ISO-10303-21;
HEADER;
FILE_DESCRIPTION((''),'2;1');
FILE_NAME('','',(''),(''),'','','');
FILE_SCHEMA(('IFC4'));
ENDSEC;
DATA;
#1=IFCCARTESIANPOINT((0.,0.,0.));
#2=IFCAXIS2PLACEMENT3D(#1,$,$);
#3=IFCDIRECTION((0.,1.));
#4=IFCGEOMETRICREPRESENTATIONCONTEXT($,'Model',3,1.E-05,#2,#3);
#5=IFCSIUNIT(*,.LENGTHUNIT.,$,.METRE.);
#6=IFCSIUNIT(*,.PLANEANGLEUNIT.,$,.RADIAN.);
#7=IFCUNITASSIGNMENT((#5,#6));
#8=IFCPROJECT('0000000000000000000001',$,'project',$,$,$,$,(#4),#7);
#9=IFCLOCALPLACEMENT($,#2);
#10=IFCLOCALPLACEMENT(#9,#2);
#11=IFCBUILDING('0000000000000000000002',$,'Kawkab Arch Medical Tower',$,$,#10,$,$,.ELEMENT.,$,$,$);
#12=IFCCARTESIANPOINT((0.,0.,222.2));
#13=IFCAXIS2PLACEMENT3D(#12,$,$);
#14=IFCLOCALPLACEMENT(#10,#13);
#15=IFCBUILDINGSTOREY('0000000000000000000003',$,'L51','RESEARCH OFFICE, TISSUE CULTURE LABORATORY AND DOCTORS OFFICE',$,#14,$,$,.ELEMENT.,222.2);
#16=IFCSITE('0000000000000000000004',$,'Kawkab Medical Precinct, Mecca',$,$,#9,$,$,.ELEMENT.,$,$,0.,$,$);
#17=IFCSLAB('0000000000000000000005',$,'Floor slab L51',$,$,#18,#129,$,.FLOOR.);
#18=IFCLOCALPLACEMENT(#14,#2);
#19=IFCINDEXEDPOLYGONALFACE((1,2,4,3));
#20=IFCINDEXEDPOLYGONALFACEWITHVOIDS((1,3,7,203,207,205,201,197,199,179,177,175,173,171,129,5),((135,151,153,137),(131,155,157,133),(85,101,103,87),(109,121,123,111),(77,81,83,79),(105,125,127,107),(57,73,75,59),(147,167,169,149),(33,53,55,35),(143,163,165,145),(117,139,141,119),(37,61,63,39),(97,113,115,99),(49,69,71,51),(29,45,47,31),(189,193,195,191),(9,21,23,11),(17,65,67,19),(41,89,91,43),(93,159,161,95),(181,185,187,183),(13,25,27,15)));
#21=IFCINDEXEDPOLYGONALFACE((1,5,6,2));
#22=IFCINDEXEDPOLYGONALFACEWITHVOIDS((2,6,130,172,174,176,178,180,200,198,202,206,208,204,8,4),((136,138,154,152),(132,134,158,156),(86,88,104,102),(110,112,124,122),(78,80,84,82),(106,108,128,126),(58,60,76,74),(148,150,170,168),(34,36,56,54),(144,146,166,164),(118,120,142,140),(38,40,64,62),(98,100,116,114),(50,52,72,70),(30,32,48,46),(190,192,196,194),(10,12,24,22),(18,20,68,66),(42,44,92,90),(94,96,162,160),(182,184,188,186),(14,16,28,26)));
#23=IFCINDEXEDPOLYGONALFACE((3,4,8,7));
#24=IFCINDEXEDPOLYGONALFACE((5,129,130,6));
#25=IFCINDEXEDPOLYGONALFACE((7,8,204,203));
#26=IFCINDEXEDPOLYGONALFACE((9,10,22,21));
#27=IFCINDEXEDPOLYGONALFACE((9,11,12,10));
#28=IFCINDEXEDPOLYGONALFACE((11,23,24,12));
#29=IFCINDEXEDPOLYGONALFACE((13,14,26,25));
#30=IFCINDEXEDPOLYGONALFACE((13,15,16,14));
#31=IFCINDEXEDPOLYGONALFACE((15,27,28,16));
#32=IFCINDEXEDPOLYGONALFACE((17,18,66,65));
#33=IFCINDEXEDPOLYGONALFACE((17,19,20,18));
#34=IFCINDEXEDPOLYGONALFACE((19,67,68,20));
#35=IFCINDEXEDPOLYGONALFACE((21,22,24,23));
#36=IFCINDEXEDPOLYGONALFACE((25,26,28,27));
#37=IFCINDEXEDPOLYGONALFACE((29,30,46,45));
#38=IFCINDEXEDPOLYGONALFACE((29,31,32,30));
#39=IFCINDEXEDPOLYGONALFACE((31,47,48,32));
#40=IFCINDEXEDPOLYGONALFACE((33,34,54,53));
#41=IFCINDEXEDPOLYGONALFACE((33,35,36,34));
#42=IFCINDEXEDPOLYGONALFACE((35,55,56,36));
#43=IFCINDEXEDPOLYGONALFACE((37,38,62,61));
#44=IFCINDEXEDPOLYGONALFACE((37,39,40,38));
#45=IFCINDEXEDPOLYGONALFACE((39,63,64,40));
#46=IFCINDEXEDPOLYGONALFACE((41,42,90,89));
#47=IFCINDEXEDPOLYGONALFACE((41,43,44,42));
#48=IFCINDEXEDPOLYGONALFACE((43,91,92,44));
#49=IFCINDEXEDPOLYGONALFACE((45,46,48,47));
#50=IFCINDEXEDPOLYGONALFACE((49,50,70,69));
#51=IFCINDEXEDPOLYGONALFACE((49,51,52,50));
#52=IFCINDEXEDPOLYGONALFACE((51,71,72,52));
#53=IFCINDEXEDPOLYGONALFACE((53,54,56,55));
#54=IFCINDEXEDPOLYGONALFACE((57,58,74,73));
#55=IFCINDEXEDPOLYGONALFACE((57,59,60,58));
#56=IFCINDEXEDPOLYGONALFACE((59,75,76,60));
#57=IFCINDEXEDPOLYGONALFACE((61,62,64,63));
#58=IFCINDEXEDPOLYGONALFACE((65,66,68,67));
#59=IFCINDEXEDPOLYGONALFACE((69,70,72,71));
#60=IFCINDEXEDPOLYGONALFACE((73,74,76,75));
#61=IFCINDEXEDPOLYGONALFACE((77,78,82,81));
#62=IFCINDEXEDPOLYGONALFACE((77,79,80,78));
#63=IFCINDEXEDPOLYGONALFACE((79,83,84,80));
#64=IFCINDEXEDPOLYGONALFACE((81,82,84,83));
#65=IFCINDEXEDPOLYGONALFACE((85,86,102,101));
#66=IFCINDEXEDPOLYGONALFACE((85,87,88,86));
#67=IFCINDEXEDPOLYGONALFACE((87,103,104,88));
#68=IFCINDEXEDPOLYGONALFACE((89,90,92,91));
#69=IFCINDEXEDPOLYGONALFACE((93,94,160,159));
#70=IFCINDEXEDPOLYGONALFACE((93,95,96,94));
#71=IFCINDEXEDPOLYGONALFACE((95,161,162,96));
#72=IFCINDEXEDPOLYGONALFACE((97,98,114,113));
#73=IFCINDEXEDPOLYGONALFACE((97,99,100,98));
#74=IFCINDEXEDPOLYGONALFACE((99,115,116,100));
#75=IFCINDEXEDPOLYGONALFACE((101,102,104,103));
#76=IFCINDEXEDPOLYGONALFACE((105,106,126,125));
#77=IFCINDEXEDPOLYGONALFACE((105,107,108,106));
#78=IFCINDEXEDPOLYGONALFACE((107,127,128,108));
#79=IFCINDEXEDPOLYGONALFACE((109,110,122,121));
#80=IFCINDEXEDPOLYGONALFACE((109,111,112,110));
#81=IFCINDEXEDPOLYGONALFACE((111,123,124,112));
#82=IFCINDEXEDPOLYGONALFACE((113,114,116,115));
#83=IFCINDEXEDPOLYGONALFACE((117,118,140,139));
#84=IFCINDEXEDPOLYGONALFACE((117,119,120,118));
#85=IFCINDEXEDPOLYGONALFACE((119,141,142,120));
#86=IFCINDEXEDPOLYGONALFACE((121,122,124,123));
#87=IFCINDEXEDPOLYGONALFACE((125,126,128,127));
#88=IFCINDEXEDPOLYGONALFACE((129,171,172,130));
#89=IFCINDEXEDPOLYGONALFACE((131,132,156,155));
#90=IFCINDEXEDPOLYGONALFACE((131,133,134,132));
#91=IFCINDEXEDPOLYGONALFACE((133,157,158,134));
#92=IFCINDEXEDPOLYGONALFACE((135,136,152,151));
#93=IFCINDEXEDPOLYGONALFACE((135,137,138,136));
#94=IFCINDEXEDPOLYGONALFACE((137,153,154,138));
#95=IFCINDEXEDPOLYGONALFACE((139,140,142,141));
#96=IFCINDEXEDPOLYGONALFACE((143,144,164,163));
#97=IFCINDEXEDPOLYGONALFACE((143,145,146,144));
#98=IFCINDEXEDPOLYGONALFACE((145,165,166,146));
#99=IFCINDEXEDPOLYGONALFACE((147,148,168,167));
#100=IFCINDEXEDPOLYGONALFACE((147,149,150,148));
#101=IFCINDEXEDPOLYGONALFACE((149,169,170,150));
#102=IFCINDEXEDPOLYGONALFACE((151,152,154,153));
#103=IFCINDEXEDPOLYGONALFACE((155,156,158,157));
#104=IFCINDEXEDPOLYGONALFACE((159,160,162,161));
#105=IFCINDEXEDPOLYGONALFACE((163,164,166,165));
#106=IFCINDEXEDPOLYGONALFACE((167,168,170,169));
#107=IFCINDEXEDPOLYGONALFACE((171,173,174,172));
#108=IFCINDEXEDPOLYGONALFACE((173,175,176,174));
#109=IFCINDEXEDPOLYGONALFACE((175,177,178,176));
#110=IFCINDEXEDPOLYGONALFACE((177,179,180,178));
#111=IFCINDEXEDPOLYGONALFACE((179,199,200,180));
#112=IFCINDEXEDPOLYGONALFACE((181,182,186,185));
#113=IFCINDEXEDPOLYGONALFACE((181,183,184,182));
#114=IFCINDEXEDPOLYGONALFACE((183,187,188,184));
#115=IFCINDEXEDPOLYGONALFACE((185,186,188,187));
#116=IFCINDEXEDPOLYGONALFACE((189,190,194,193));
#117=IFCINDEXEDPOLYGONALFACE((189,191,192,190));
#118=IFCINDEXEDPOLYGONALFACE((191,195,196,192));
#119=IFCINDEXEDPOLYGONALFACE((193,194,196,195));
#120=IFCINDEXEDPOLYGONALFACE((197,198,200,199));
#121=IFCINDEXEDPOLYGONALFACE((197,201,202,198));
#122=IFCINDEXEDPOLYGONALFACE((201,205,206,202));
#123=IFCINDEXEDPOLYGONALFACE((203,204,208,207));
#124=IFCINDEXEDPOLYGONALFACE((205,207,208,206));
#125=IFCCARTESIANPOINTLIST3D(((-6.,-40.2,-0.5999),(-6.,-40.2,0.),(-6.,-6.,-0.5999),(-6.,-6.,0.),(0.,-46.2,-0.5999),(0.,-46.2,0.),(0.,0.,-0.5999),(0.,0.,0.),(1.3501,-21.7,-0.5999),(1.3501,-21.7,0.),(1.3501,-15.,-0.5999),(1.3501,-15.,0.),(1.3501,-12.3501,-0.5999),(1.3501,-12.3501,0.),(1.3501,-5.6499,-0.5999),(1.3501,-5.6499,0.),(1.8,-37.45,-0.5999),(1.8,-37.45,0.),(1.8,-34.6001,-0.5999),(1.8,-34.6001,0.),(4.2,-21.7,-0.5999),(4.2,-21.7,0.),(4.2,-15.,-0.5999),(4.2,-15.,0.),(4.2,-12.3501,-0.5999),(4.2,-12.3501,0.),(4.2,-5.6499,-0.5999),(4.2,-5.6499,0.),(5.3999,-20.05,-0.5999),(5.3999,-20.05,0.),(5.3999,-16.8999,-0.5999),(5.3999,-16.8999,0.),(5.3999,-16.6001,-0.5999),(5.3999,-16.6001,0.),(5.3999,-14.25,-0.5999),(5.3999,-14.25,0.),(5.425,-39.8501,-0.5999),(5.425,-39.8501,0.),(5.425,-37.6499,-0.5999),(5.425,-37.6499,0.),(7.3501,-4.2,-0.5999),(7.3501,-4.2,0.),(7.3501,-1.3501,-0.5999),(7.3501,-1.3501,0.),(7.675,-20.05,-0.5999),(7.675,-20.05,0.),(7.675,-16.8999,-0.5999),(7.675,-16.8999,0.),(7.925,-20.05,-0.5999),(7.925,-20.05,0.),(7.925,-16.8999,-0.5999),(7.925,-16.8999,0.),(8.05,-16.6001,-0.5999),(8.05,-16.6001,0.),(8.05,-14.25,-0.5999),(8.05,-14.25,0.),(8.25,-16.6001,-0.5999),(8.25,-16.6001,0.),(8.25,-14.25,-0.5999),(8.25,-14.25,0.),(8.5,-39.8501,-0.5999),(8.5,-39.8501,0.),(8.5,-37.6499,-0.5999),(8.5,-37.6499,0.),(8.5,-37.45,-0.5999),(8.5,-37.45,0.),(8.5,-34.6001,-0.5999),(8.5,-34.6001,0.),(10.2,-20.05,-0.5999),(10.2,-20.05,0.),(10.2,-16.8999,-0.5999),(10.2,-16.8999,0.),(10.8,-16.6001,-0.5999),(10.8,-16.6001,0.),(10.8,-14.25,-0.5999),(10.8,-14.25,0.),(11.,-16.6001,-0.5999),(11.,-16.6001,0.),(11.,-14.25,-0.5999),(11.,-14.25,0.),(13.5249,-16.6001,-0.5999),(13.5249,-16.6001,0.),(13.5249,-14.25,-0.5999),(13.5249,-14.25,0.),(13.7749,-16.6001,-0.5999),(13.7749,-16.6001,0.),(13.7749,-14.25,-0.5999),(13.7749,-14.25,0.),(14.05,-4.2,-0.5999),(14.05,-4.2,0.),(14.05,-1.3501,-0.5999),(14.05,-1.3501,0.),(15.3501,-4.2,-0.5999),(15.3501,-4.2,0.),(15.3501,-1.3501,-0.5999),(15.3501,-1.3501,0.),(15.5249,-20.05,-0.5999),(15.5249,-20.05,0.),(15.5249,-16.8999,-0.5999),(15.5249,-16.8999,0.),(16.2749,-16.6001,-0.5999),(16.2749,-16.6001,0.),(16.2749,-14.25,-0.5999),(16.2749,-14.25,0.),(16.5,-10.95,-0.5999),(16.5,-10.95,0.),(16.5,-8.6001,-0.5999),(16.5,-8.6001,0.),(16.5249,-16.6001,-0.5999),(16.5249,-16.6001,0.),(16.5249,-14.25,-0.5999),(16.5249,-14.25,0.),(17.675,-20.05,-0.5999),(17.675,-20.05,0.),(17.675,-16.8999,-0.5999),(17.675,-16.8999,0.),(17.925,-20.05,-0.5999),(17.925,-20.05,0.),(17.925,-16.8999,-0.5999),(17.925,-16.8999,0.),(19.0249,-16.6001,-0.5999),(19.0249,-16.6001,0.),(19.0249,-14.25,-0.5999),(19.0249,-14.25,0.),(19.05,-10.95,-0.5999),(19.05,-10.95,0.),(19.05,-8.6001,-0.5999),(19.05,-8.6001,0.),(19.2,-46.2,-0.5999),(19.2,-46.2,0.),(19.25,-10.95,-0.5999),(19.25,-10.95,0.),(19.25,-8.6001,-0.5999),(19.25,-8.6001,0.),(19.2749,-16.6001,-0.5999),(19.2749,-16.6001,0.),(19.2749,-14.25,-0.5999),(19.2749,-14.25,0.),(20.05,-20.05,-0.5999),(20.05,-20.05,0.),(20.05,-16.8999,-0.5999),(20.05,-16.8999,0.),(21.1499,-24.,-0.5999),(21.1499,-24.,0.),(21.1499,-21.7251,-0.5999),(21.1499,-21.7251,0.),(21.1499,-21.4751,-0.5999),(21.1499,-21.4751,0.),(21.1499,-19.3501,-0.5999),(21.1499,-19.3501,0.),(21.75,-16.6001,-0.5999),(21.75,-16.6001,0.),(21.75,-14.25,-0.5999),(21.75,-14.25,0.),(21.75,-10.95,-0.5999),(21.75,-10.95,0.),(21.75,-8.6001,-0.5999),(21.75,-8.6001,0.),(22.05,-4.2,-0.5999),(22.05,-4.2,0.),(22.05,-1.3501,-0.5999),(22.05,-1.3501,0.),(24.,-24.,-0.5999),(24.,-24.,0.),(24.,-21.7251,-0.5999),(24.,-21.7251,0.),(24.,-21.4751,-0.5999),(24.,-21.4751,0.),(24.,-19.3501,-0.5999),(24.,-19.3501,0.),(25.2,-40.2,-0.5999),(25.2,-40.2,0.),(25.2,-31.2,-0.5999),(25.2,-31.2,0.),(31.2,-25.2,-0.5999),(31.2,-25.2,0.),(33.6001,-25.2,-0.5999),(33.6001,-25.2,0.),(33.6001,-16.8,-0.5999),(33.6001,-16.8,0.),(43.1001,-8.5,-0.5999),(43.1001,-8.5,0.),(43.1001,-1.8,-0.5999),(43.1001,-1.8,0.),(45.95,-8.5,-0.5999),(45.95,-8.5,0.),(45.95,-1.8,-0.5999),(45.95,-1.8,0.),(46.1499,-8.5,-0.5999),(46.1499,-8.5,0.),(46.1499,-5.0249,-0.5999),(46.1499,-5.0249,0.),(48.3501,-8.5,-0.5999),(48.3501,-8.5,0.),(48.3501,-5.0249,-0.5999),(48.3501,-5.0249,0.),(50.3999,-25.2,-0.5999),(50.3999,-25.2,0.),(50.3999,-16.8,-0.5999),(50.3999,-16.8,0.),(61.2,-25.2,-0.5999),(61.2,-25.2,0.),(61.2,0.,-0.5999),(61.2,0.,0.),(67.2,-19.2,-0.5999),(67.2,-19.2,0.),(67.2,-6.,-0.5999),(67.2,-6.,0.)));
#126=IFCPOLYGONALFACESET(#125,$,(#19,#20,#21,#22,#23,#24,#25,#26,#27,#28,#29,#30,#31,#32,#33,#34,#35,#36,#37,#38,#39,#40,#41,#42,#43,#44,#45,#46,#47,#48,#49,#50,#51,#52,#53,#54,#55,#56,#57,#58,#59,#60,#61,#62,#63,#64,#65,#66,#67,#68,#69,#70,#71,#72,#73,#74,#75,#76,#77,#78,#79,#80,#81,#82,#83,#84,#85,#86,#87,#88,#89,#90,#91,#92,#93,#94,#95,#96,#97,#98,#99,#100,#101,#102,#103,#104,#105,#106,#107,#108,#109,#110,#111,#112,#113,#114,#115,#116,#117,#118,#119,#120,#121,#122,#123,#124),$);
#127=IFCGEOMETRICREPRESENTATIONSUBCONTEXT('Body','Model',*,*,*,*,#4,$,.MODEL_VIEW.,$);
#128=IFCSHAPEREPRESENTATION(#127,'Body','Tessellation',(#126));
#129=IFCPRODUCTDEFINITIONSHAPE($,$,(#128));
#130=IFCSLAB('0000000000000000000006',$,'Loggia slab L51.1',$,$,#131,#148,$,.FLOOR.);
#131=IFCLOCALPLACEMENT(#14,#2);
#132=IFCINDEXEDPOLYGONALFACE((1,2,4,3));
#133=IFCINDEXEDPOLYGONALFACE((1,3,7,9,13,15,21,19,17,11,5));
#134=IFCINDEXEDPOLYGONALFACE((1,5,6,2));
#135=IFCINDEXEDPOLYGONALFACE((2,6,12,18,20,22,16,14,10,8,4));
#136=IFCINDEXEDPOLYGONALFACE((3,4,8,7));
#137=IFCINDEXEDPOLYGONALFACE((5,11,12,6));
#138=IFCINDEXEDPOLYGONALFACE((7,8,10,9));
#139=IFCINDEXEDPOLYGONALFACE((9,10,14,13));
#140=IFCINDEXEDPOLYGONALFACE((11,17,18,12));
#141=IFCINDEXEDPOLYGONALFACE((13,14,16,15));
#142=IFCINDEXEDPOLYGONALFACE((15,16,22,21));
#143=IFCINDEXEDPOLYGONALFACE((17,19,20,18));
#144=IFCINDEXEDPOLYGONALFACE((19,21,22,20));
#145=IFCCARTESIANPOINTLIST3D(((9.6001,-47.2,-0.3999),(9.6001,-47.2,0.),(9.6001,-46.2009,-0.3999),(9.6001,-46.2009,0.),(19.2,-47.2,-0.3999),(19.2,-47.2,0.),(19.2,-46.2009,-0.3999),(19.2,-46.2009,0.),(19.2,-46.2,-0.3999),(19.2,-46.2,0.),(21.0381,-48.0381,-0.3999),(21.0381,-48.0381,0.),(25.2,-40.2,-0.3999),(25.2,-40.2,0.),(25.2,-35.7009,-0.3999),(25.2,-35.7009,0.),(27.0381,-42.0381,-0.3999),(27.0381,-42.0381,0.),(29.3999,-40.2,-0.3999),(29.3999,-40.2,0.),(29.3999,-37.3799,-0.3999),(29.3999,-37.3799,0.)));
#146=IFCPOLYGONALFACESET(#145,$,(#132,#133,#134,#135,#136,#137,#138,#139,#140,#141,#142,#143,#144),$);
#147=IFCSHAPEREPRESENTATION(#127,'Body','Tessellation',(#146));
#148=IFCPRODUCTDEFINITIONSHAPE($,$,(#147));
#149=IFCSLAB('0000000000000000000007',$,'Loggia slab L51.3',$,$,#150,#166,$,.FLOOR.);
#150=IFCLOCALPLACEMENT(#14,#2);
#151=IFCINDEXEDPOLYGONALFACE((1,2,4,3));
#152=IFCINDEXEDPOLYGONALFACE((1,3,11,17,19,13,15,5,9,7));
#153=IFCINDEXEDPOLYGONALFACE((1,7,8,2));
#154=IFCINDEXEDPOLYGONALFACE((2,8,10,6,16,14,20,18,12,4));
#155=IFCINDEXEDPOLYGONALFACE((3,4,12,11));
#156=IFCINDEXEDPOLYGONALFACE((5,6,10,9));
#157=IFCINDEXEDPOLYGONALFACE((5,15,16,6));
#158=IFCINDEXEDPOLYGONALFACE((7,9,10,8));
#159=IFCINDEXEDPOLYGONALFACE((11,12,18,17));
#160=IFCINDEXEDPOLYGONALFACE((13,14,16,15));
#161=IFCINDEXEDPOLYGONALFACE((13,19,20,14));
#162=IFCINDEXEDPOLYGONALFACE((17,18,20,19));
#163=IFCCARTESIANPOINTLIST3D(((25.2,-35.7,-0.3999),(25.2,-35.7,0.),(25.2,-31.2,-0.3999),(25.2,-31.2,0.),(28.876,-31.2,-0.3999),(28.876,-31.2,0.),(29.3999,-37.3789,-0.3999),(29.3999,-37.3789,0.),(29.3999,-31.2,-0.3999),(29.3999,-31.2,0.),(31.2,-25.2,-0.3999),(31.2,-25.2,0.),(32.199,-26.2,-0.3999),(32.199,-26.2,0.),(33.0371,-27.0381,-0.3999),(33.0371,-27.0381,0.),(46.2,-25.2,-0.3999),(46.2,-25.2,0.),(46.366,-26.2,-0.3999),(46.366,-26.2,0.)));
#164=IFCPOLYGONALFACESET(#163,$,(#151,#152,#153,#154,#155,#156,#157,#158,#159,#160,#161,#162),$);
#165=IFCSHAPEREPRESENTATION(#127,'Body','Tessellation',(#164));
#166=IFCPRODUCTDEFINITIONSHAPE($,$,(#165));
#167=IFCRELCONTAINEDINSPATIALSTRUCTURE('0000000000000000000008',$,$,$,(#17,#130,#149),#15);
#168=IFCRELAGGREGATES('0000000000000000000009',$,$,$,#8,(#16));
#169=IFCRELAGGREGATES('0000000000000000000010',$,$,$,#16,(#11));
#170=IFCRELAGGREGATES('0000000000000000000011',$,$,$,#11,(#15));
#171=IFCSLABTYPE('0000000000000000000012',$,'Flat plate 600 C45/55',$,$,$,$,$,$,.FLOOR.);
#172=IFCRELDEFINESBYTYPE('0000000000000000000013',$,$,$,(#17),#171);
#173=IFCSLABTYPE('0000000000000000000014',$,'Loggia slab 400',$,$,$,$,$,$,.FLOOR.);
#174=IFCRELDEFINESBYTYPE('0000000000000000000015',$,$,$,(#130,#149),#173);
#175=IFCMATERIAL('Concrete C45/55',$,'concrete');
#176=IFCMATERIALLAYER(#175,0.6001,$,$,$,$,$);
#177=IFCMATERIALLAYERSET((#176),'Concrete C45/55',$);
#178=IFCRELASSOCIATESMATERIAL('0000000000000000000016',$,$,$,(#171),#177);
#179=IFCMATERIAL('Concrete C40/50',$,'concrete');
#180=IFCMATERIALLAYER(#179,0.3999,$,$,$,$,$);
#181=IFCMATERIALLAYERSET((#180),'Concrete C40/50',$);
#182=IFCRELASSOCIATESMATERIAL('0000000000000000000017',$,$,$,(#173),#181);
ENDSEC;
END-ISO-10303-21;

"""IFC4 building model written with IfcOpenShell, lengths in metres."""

from ifc_helpers import new_model, si_unit, direction, frame, origin, place, context, subcontext, project, spatial, polyline, outline, extrude, material, layer, layer_set, type_object, element, save


model = new_model("IFC4")

# Units and contexts
model_context = context("Model", 3, precision=1e-05, world=origin(), true_north=direction((0.0, 1.0)))
body_context = subcontext(model_context, "Body", "Model", "MODEL_VIEW")
ifc_project = project(units=[si_unit("LENGTHUNIT", "METRE"), si_unit("PLANEANGLEUNIT", "RADIAN")], contexts=[model_context])

# Site, building, storey
site_placement = place(None, origin())
site = spatial("IfcSite", under=ifc_project, at=site_placement, Name="Kawkab Medical Precinct, Mecca", CompositionType="ELEMENT", RefElevation=0.0)
building_placement = place(site_placement, origin())
building = spatial("IfcBuilding", under=site, at=building_placement, Name="Kawkab Arch Medical Tower", CompositionType="ELEMENT")
storey_placement = place(building_placement, frame((0.0, 0.0, 222.2)))
storey = spatial("IfcBuildingStorey", under=building, at=storey_placement, Name="L51", Description="RESEARCH OFFICE, TISSUE CULTURE LABORATORY AND DOCTORS OFFICE", CompositionType="ELEMENT", Elevation=222.2)

# Slabs
ifc_material_1 = material(Name="Concrete C45/55", Category="concrete")
ifc_layer_1 = layer(ifc_material_1, 0.6001)
ifc_layer_set_1 = layer_set([ifc_layer_1], Name="Concrete C45/55")
slab_type_1 = type_object("IfcSlabType", Name="Flat plate 600 C45/55", PredefinedType="FLOOR", material=ifc_layer_set_1)
slab_1_placement = place(storey_placement, frame((0.0, 0.0, -0.5999)))
element("IfcSlab", 1, at=slab_1_placement, inside=storey, type_object=slab_type_1, Name="Floor slab L51", PredefinedType="FLOOR", context=body_context, shape_type="SweptSolid", body=[
    extrude(outline(polyline([(25.2, -31.2), (25.2, -40.2), (19.2, -46.2), (0.0, -46.2), (-6.0, -40.2), (-6.0, -6.0), (0.0, 0.0), (61.2, 0.0), (67.2, -6.0), (67.2, -19.2), (61.2, -25.2), (50.3999, -25.2), (50.3999, -16.8), (33.6001, -16.8), (33.6001, -25.2), (31.2, -25.2), (25.2, -31.2)]), holes=[polyline([(5.425, -37.6499), (5.425, -39.8501), (8.5, -39.8501), (8.5, -37.6499), (5.425, -37.6499)]), polyline([(8.5, -37.45), (8.5, -34.6001), (1.8, -34.6001), (1.8, -37.45), (8.5, -37.45)]), polyline([(5.3999, -20.05), (7.675, -20.05), (7.675, -16.8999), (5.3999, -16.8999), (5.3999, -20.05)]), polyline([(10.2, -20.05), (10.2, -16.8999), (7.925, -16.8999), (7.925, -20.05), (10.2, -20.05)]), polyline([(4.2, -21.7), (4.2, -15.0), (1.3501, -15.0), (1.3501, -21.7), (4.2, -21.7)]), polyline([(5.3999, -16.6001), (8.05, -16.6001), (8.05, -14.25), (5.3999, -14.25), (5.3999, -16.6001)]), polyline([(8.25, -16.6001), (10.8, -16.6001), (10.8, -14.25), (8.25, -14.25), (8.25, -16.6001)]), polyline([(11.0, -14.25), (11.0, -16.6001), (13.5249, -16.6001), (13.5249, -14.25), (11.0, -14.25)]), polyline([(13.7749, -16.6001), (16.2749, -16.6001), (16.2749, -14.25), (13.7749, -14.25), (13.7749, -16.6001)]), polyline([(4.2, -12.3501), (4.2, -5.6499), (1.3501, -5.6499), (1.3501, -12.3501), (4.2, -12.3501)]), polyline([(7.3501, -4.2), (14.05, -4.2), (14.05, -1.3501), (7.3501, -1.3501), (7.3501, -4.2)]), polyline([(24.0, -21.7251), (21.1499, -21.7251), (21.1499, -24.0), (24.0, -24.0), (24.0, -21.7251)]), polyline([(24.0, -19.3501), (21.1499, -19.3501), (21.1499, -21.4751), (24.0, -21.4751), (24.0, -19.3501)]), polyline([(17.675, -16.8999), (15.5249, -16.8999), (15.5249, -20.05), (17.675, -20.05), (17.675, -16.8999)]), polyline([(20.05, -20.05), (20.05, -16.8999), (17.925, -16.8999), (17.925, -20.05), (20.05, -20.05)]), polyline([(19.0249, -16.6001), (19.0249, -14.25), (16.5249, -14.25), (16.5249, -16.6001), (19.0249, -16.6001)]), polyline([(21.75, -16.6001), (21.75, -14.25), (19.2749, -14.25), (19.2749, -16.6001), (21.75, -16.6001)]), polyline([(19.05, -8.6001), (16.5, -8.6001), (16.5, -10.95), (19.05, -10.95), (19.05, -8.6001)]), polyline([(21.75, -10.95), (21.75, -8.6001), (19.25, -8.6001), (19.25, -10.95), (21.75, -10.95)]), polyline([(46.1499, -8.5), (48.3501, -8.5), (48.3501, -5.0249), (46.1499, -5.0249), (46.1499, -8.5)]), polyline([(43.1001, -1.8), (43.1001, -8.5), (45.95, -8.5), (45.95, -1.8), (43.1001, -1.8)]), polyline([(22.05, -1.3501), (15.3501, -1.3501), (15.3501, -4.2), (22.05, -4.2), (22.05, -1.3501)])]), origin(), (0.0, 0.0, 1.0), 0.5999),
])
ifc_material_2 = material(Name="Concrete C40/50", Category="concrete")
ifc_layer_2 = layer(ifc_material_2, 0.3999)
ifc_layer_set_2 = layer_set([ifc_layer_2], Name="Concrete C40/50")
slab_type_2 = type_object("IfcSlabType", Name="Loggia slab 400", PredefinedType="FLOOR", material=ifc_layer_set_2)
placement_1 = place(storey_placement, frame((0.0, 0.0, -0.3999)))
element("IfcSlab", 2, at=placement_1, inside=storey, type_object=slab_type_2, Name="Loggia slab L51.1", PredefinedType="FLOOR", context=body_context, shape_type="SweptSolid", body=[
    extrude(outline(polyline([(19.2, -47.2), (9.6001, -47.2), (9.6001, -46.2009), (19.2, -46.2009), (19.2, -46.2), (25.2, -40.2), (25.2, -35.7009), (29.3999, -37.3799), (29.3999, -40.2), (27.0381, -42.0381), (21.0381, -48.0381), (19.2, -47.2)])), origin(), (0.0, 0.0, 1.0), 0.3999),
])
element("IfcSlab", 3, at=placement_1, inside=storey, type_object=slab_type_2, Name="Loggia slab L51.3", PredefinedType="FLOOR", context=body_context, shape_type="SweptSolid", body=[
    extrude(outline(polyline([(33.0371, -27.0381), (28.876, -31.2), (29.3999, -31.2), (29.3999, -37.3789), (25.2, -35.7), (25.2, -31.2), (31.2, -25.2), (46.2, -25.2), (46.366, -26.2), (32.199, -26.2), (33.0371, -27.0381)])), origin(), (0.0, 0.0, 1.0), 0.3999),
])

save(model, "model.ifc")
